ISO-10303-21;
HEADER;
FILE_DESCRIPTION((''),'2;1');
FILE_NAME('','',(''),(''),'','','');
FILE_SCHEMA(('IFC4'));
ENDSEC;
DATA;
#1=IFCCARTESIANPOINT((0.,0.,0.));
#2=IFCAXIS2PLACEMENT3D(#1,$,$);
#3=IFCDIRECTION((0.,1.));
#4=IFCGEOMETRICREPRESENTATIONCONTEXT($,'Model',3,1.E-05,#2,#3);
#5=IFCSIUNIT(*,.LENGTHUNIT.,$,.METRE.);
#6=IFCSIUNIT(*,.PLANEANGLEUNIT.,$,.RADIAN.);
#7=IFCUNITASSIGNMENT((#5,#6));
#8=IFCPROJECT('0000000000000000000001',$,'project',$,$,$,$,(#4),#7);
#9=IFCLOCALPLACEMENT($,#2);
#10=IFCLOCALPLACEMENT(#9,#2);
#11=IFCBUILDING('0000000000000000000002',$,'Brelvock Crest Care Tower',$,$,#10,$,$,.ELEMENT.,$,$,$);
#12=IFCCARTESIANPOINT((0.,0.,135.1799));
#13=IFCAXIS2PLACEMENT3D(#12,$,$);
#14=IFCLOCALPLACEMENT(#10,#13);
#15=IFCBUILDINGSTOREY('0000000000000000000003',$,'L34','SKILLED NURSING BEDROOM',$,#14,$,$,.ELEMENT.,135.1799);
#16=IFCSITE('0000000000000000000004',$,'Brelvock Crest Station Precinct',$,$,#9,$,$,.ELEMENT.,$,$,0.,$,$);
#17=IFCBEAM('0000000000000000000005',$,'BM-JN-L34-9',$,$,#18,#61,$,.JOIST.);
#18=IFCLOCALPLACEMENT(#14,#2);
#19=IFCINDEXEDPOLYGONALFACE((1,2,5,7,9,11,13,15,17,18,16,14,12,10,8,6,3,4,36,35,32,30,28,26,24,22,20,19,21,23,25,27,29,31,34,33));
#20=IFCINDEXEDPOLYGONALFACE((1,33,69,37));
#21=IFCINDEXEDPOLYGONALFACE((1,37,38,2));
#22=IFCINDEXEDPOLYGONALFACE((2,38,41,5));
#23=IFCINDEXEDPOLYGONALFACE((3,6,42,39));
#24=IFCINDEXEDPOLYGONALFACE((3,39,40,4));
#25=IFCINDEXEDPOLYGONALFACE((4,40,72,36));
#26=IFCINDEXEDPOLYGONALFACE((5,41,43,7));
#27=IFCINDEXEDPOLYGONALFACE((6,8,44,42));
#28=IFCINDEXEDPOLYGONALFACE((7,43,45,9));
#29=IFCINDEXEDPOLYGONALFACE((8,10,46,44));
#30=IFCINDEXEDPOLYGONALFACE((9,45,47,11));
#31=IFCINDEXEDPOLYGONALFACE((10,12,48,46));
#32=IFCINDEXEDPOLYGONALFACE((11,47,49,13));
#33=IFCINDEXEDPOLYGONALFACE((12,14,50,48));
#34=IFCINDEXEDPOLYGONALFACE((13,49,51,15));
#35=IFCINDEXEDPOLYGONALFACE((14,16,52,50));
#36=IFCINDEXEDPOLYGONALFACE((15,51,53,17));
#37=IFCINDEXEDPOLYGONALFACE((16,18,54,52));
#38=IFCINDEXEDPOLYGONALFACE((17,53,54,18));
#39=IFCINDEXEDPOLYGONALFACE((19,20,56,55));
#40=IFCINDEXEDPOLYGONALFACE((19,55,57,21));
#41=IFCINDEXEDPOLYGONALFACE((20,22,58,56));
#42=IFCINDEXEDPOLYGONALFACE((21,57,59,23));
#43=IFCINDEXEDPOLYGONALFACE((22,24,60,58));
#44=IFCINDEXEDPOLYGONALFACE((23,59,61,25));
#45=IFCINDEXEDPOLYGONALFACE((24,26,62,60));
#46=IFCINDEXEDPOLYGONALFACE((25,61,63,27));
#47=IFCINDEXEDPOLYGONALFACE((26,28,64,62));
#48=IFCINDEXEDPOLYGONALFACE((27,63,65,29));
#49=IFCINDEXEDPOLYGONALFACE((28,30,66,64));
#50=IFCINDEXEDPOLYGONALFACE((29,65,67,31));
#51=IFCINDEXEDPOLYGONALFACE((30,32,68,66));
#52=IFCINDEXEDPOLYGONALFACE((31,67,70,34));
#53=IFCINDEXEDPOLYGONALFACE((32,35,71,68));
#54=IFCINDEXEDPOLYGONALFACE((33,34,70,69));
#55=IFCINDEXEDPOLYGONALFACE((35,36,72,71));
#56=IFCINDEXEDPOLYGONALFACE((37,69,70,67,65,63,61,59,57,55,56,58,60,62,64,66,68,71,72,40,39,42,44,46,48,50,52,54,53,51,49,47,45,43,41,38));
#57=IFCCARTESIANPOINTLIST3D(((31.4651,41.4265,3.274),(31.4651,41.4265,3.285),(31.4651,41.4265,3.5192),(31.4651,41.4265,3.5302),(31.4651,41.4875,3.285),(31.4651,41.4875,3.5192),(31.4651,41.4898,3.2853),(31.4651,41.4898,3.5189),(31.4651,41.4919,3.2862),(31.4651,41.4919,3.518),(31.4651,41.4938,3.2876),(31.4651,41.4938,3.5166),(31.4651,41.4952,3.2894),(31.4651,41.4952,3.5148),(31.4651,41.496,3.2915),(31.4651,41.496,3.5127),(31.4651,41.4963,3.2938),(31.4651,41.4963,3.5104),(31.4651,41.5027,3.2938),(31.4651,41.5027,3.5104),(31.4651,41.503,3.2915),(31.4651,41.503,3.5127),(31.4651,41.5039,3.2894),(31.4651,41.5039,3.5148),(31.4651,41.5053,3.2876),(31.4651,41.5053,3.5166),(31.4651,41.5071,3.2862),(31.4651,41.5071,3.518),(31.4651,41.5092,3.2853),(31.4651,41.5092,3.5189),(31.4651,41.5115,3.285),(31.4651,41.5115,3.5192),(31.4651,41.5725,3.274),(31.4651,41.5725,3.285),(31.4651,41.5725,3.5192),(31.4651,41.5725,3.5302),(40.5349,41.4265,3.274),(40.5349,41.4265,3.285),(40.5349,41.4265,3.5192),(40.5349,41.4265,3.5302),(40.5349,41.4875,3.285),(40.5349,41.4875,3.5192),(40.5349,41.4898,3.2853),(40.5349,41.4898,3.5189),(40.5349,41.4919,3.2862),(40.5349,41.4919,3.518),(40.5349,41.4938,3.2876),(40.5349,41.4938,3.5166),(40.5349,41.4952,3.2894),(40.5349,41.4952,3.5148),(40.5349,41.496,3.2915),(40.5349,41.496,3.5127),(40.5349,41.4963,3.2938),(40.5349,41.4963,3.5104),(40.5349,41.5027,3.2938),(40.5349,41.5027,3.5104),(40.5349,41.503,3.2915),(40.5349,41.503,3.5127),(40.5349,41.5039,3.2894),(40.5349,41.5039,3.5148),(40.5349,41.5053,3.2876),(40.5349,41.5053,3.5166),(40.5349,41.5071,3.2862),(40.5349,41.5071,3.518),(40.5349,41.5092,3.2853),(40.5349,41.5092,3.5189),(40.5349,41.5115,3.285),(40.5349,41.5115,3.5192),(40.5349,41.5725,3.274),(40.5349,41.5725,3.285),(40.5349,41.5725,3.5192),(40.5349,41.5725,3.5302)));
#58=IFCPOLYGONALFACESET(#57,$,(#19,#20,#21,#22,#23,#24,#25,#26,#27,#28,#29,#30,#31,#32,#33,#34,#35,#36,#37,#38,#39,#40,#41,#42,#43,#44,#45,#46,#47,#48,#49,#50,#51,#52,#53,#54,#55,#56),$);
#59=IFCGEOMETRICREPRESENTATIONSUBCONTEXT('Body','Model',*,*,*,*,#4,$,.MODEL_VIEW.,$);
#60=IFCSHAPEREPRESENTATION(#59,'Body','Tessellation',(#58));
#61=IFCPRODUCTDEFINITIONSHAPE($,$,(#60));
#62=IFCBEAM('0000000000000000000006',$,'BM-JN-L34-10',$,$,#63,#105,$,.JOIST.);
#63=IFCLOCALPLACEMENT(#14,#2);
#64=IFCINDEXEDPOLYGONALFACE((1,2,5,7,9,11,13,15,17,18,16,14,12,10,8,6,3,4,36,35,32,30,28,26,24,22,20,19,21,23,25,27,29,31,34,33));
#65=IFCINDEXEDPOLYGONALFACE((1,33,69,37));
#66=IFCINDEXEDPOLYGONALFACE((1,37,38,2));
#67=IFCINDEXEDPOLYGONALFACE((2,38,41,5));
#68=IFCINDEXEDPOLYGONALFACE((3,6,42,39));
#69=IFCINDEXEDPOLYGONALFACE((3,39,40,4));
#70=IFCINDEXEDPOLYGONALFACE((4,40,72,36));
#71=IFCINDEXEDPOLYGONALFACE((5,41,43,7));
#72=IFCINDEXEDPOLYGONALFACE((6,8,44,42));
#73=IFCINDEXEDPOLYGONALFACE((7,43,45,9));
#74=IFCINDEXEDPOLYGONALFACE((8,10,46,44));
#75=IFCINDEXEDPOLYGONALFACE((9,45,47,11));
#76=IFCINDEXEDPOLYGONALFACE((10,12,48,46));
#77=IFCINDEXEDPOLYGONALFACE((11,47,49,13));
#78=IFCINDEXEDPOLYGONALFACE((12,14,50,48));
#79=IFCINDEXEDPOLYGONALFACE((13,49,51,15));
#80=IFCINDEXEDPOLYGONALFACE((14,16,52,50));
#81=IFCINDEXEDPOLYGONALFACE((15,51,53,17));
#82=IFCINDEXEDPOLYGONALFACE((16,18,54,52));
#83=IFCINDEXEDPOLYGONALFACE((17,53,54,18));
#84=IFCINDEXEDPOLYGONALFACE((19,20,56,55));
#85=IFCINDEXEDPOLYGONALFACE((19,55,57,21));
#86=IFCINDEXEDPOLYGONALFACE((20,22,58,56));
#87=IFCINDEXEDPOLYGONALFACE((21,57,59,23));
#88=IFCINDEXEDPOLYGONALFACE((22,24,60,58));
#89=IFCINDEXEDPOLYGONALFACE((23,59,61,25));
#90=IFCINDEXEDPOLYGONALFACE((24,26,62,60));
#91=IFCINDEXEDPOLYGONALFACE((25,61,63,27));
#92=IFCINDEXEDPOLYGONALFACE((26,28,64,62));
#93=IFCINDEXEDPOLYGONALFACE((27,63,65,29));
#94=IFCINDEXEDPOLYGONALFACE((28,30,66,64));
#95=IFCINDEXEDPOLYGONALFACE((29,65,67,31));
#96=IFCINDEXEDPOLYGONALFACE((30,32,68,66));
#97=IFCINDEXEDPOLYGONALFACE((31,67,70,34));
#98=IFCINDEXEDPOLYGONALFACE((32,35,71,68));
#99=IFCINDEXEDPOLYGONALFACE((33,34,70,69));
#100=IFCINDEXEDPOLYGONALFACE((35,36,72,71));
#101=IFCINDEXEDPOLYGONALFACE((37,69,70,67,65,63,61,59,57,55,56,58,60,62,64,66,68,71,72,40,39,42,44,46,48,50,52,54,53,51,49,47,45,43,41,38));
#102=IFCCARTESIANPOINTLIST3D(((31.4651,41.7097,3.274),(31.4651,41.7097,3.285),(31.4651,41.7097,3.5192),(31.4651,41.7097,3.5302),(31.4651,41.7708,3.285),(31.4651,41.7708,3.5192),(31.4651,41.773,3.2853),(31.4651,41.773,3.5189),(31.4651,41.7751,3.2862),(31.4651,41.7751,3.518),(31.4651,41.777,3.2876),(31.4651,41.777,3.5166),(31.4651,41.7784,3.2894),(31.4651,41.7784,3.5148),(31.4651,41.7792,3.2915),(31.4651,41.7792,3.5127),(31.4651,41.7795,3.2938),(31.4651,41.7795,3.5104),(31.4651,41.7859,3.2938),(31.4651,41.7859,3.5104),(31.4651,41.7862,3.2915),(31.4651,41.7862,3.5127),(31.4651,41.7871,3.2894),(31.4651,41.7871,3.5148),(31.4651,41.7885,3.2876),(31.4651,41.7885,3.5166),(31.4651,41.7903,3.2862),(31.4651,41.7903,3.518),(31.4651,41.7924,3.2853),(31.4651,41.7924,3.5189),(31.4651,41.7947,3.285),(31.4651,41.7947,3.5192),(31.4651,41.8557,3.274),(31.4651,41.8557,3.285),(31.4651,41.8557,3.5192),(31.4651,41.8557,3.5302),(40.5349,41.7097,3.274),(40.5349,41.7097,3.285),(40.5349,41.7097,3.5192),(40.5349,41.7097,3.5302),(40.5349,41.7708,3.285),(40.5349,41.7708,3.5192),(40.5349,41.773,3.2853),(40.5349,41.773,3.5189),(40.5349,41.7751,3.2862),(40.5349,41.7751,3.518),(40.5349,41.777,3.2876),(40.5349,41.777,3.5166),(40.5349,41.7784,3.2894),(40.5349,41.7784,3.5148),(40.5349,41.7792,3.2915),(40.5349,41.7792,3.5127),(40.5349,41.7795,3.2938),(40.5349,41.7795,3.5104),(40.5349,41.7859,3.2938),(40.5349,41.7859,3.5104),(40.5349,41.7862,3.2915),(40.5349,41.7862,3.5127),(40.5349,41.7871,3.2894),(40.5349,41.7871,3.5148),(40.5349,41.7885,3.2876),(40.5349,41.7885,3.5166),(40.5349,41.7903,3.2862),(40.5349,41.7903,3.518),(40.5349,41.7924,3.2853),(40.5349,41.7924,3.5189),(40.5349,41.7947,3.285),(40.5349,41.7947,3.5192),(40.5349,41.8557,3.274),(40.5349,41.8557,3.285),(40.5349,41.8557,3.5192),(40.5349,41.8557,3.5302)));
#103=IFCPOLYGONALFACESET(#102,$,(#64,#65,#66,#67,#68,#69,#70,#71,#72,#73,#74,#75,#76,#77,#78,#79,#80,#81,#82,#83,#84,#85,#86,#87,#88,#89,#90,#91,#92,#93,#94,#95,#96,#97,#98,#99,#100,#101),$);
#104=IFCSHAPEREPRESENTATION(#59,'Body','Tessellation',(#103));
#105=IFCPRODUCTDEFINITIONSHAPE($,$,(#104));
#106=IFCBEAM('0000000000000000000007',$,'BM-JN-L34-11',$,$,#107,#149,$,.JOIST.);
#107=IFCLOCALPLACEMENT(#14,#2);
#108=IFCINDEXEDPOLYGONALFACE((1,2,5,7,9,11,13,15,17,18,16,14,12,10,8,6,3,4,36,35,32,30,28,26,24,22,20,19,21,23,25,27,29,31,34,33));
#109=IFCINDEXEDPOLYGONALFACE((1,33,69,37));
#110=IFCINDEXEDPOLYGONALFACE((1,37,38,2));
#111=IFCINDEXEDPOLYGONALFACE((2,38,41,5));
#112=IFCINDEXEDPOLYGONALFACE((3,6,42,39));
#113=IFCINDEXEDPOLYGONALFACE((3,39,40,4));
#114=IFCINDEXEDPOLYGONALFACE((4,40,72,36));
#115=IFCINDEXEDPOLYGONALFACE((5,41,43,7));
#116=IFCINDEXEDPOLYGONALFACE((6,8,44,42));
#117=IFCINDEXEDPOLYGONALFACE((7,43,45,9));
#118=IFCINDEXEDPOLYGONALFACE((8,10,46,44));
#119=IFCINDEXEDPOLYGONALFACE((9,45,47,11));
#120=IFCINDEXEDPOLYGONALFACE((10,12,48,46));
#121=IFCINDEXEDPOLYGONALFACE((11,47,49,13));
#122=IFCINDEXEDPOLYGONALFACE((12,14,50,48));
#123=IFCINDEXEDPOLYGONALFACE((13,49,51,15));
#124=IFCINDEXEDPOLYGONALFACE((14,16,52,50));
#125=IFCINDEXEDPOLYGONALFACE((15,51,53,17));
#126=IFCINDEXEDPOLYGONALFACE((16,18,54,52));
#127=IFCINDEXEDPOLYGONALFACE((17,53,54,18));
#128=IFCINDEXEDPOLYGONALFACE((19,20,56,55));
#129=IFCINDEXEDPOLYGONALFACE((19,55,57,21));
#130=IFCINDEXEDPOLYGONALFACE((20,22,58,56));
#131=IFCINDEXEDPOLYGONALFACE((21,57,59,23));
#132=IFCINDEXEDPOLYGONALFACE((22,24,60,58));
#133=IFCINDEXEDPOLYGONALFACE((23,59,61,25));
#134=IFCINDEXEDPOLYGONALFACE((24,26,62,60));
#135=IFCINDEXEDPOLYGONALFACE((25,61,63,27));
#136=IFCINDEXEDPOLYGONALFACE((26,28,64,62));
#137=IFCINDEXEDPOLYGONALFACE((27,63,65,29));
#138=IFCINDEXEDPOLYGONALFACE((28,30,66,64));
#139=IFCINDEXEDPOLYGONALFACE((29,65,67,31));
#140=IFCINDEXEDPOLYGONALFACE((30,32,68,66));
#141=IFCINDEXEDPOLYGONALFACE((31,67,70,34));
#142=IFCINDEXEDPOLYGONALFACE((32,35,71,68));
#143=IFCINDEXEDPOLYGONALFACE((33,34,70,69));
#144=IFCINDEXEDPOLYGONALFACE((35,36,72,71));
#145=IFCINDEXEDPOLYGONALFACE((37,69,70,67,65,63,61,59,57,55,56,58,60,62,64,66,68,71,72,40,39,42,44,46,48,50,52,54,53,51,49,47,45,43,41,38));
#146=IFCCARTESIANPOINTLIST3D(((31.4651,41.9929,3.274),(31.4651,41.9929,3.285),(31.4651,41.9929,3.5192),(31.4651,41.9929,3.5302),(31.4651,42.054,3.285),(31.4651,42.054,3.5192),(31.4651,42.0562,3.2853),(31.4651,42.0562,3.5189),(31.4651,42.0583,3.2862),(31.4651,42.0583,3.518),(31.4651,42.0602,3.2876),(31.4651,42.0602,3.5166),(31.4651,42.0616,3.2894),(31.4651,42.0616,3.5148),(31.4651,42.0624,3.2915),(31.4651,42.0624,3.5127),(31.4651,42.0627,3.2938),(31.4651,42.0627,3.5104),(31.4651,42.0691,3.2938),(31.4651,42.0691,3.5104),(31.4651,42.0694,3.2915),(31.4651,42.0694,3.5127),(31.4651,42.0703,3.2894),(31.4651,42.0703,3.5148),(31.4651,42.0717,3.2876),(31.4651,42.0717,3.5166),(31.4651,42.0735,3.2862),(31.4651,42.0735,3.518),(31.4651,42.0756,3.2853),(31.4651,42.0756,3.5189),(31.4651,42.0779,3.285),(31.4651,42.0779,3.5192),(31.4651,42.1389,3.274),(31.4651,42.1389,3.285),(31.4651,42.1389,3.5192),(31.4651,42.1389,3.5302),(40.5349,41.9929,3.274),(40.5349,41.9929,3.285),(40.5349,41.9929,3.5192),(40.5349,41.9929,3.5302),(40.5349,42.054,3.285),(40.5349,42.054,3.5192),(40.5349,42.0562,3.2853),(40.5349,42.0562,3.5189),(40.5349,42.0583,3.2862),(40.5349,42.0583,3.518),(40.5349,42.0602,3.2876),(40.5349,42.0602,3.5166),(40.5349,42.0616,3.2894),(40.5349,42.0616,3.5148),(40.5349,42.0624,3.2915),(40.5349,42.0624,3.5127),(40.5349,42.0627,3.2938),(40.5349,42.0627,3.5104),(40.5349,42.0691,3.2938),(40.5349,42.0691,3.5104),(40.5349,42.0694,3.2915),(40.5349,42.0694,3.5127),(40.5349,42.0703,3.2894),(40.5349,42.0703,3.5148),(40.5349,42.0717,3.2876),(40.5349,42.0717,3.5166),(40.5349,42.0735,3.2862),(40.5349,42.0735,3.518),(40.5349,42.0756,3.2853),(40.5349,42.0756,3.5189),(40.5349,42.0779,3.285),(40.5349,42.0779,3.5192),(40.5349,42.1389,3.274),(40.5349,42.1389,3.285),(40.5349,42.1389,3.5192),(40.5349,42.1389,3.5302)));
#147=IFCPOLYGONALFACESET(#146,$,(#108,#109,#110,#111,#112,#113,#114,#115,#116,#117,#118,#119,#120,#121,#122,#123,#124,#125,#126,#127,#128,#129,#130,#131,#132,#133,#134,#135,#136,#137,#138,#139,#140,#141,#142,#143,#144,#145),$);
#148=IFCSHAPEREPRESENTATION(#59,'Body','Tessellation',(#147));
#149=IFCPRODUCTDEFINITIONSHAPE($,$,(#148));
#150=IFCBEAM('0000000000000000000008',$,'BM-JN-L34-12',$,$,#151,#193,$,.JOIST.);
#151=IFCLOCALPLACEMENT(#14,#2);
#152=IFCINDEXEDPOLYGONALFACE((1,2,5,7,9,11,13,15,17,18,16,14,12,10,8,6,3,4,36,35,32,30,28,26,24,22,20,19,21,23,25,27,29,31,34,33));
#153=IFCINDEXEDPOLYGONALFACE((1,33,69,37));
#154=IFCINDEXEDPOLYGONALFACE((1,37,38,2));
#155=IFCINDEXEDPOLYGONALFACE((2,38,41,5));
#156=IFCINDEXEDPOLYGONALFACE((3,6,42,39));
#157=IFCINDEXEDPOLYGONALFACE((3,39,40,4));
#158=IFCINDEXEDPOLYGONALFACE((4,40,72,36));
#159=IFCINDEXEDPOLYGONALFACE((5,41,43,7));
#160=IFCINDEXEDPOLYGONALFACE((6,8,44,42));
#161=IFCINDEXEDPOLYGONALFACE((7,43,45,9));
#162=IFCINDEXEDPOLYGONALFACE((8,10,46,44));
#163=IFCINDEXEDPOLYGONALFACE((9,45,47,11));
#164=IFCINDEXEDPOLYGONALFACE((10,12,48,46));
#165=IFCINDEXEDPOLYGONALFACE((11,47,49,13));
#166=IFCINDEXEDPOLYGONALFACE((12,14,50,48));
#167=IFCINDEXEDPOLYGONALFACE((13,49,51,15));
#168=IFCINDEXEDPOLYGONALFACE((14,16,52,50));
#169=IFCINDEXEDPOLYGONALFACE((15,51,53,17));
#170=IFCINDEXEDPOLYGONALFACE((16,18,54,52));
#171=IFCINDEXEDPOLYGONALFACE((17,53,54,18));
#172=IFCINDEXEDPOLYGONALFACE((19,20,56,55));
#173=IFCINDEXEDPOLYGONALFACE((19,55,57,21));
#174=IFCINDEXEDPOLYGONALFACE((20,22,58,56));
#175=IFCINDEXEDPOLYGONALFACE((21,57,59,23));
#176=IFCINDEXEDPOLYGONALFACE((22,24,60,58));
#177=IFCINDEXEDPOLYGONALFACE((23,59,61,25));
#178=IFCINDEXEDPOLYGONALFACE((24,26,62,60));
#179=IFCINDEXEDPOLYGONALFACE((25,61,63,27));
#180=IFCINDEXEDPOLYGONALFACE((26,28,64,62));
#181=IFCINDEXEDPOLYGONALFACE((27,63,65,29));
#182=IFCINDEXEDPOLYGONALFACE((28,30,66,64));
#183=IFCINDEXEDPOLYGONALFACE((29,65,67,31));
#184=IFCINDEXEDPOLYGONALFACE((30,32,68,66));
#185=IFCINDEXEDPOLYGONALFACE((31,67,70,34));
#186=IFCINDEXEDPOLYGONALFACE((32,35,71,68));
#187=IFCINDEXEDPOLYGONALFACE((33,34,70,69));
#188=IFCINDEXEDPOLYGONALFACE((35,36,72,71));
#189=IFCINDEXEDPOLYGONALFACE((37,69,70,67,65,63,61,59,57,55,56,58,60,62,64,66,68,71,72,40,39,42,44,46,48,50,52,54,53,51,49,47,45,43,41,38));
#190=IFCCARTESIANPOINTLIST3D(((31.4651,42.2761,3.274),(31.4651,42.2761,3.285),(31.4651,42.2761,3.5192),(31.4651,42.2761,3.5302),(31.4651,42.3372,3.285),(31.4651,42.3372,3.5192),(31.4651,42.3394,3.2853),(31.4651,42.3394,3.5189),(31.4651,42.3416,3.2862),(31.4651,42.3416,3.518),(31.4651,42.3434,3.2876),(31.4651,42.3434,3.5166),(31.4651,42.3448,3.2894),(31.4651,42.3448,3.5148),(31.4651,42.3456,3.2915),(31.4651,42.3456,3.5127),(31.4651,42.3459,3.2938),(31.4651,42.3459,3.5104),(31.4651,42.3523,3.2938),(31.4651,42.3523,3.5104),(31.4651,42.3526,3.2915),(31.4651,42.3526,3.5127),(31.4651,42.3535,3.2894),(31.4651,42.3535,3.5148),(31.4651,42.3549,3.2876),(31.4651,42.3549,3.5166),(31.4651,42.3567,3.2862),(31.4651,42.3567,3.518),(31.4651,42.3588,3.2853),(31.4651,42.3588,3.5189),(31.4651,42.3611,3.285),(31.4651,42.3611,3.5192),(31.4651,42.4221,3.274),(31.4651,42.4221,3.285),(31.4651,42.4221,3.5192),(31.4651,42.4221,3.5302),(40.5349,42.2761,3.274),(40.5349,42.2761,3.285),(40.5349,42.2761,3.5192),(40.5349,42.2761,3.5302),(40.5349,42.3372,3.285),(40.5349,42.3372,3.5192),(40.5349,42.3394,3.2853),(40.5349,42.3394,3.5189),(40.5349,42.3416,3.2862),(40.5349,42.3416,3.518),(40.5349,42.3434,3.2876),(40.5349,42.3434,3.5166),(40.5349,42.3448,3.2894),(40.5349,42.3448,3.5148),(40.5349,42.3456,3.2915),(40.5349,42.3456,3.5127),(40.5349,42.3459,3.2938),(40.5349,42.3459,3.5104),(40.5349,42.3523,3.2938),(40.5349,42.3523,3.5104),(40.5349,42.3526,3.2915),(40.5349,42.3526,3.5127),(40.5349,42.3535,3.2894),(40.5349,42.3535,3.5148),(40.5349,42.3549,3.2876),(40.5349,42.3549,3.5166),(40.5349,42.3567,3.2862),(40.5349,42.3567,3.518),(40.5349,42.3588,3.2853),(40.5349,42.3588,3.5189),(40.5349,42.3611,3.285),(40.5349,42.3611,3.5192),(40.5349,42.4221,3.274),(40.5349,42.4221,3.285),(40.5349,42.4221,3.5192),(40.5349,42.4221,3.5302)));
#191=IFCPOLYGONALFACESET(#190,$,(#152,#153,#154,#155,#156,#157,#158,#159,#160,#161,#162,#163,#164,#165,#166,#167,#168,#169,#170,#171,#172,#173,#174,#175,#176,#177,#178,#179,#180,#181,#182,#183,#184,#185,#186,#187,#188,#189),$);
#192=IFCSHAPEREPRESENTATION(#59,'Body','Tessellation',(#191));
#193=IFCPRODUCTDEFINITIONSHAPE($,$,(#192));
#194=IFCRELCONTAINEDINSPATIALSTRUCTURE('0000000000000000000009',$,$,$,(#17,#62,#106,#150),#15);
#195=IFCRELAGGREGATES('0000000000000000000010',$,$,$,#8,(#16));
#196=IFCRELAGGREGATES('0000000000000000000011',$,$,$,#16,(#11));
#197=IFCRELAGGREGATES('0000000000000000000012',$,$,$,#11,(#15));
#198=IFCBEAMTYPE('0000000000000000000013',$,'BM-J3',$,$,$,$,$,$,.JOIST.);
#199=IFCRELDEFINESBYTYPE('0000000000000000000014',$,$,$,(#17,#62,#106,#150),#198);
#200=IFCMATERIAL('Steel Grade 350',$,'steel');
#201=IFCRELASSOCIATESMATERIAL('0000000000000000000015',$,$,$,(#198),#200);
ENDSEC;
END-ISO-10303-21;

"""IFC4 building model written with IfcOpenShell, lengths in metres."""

from ifc_helpers import new_model, si_unit, direction, frame, origin, origin_2d, place, context, subcontext, project, spatial, i_section, extrude, source, transform, mapped, material, material_profile, profile_set, type_object, element, save


model = new_model("IFC4")

# Units and contexts
model_context = context("Model", 3, precision=1e-05, world=origin(), true_north=direction((0.0, 1.0)))
body_context = subcontext(model_context, "Body", "Model", "MODEL_VIEW")
ifc_project = project(units=[si_unit("LENGTHUNIT", "METRE"), si_unit("PLANEANGLEUNIT", "RADIAN")], contexts=[model_context])

# Site, building, storey
site_placement = place(None, origin())
site = spatial("IfcSite", under=ifc_project, at=site_placement, Name="Brelvock Crest Station Precinct", CompositionType="ELEMENT", RefElevation=0.0)
building_placement = place(site_placement, origin())
building = spatial("IfcBuilding", under=site, at=building_placement, Name="Brelvock Crest Care Tower", CompositionType="ELEMENT")
storey_placement = place(building_placement, frame((0.0, 0.0, 135.1799)))
storey = spatial("IfcBuildingStorey", under=building, at=storey_placement, Name="L34", Description="SKILLED NURSING BEDROOM", CompositionType="ELEMENT", Elevation=135.1799)

# Shared definitions
ifc_material_1 = material(Name="Steel Grade 350", Category="steel")

# Beams
ifc_material_profile_1 = material_profile(ifc_material_1, i_section(OverallWidth=0.146, OverallDepth=0.2561, WebThickness=0.0063, FlangeThickness=0.011, FilletRadius=0.0088, at=origin_2d()), Name="250UB37.3")
ifc_profile_set_1 = profile_set([ifc_material_profile_1], Name="Steel Grade 350")
beam_type_1 = type_object("IfcBeamType", Name="BM-J3", PredefinedType="JOIST", material=ifc_profile_set_1)
shared_shape_1 = source(origin(), body_context, "Body", "SweptSolid", [
    extrude(i_section(OverallWidth=0.146, OverallDepth=0.2561, WebThickness=0.0063, FlangeThickness=0.011, FilletRadius=0.0088, at=origin_2d()), origin(), (0.0, 0.0, 1.0), 9.0698),
])
for number, where, z_axis, x_axis, name in (
    (1, (31.4651, 41.4995, 3.4021), (1.0, 0.0, 0.0), (0.0, 1.0, 0.0), "BM-JN-L34-9"),
    (2, (31.4651, 41.7827, 3.4021), (1.0, 0.0, 0.0), (0.0, 1.0, 0.0), "BM-JN-L34-10"),
    (3, (31.4651, 42.0659, 3.4021), (1.0, 0.0, 0.0), (0.0, 1.0, 0.0), "BM-JN-L34-11"),
    (4, (31.4651, 42.3491, 3.4021), (1.0, 0.0, 0.0), (0.0, 1.0, 0.0), "BM-JN-L34-12"),
):
    element("IfcBeam", number, at=place(storey_placement, frame(where, z_axis=z_axis, x_axis=x_axis)), inside=storey, type_object=beam_type_1, Name=name, PredefinedType="JOIST", context=body_context, shape_type="MappedRepresentation", body=[
        mapped(shared_shape_1, transform((0.0, 0.0, 0.0), x_axis=(1.0, 0.0, 0.0), y_axis=(0.0, 1.0, 0.0), z_axis=(0.0, 0.0, 1.0), scale=1.0)),
    ])

save(model, "model.ifc")
